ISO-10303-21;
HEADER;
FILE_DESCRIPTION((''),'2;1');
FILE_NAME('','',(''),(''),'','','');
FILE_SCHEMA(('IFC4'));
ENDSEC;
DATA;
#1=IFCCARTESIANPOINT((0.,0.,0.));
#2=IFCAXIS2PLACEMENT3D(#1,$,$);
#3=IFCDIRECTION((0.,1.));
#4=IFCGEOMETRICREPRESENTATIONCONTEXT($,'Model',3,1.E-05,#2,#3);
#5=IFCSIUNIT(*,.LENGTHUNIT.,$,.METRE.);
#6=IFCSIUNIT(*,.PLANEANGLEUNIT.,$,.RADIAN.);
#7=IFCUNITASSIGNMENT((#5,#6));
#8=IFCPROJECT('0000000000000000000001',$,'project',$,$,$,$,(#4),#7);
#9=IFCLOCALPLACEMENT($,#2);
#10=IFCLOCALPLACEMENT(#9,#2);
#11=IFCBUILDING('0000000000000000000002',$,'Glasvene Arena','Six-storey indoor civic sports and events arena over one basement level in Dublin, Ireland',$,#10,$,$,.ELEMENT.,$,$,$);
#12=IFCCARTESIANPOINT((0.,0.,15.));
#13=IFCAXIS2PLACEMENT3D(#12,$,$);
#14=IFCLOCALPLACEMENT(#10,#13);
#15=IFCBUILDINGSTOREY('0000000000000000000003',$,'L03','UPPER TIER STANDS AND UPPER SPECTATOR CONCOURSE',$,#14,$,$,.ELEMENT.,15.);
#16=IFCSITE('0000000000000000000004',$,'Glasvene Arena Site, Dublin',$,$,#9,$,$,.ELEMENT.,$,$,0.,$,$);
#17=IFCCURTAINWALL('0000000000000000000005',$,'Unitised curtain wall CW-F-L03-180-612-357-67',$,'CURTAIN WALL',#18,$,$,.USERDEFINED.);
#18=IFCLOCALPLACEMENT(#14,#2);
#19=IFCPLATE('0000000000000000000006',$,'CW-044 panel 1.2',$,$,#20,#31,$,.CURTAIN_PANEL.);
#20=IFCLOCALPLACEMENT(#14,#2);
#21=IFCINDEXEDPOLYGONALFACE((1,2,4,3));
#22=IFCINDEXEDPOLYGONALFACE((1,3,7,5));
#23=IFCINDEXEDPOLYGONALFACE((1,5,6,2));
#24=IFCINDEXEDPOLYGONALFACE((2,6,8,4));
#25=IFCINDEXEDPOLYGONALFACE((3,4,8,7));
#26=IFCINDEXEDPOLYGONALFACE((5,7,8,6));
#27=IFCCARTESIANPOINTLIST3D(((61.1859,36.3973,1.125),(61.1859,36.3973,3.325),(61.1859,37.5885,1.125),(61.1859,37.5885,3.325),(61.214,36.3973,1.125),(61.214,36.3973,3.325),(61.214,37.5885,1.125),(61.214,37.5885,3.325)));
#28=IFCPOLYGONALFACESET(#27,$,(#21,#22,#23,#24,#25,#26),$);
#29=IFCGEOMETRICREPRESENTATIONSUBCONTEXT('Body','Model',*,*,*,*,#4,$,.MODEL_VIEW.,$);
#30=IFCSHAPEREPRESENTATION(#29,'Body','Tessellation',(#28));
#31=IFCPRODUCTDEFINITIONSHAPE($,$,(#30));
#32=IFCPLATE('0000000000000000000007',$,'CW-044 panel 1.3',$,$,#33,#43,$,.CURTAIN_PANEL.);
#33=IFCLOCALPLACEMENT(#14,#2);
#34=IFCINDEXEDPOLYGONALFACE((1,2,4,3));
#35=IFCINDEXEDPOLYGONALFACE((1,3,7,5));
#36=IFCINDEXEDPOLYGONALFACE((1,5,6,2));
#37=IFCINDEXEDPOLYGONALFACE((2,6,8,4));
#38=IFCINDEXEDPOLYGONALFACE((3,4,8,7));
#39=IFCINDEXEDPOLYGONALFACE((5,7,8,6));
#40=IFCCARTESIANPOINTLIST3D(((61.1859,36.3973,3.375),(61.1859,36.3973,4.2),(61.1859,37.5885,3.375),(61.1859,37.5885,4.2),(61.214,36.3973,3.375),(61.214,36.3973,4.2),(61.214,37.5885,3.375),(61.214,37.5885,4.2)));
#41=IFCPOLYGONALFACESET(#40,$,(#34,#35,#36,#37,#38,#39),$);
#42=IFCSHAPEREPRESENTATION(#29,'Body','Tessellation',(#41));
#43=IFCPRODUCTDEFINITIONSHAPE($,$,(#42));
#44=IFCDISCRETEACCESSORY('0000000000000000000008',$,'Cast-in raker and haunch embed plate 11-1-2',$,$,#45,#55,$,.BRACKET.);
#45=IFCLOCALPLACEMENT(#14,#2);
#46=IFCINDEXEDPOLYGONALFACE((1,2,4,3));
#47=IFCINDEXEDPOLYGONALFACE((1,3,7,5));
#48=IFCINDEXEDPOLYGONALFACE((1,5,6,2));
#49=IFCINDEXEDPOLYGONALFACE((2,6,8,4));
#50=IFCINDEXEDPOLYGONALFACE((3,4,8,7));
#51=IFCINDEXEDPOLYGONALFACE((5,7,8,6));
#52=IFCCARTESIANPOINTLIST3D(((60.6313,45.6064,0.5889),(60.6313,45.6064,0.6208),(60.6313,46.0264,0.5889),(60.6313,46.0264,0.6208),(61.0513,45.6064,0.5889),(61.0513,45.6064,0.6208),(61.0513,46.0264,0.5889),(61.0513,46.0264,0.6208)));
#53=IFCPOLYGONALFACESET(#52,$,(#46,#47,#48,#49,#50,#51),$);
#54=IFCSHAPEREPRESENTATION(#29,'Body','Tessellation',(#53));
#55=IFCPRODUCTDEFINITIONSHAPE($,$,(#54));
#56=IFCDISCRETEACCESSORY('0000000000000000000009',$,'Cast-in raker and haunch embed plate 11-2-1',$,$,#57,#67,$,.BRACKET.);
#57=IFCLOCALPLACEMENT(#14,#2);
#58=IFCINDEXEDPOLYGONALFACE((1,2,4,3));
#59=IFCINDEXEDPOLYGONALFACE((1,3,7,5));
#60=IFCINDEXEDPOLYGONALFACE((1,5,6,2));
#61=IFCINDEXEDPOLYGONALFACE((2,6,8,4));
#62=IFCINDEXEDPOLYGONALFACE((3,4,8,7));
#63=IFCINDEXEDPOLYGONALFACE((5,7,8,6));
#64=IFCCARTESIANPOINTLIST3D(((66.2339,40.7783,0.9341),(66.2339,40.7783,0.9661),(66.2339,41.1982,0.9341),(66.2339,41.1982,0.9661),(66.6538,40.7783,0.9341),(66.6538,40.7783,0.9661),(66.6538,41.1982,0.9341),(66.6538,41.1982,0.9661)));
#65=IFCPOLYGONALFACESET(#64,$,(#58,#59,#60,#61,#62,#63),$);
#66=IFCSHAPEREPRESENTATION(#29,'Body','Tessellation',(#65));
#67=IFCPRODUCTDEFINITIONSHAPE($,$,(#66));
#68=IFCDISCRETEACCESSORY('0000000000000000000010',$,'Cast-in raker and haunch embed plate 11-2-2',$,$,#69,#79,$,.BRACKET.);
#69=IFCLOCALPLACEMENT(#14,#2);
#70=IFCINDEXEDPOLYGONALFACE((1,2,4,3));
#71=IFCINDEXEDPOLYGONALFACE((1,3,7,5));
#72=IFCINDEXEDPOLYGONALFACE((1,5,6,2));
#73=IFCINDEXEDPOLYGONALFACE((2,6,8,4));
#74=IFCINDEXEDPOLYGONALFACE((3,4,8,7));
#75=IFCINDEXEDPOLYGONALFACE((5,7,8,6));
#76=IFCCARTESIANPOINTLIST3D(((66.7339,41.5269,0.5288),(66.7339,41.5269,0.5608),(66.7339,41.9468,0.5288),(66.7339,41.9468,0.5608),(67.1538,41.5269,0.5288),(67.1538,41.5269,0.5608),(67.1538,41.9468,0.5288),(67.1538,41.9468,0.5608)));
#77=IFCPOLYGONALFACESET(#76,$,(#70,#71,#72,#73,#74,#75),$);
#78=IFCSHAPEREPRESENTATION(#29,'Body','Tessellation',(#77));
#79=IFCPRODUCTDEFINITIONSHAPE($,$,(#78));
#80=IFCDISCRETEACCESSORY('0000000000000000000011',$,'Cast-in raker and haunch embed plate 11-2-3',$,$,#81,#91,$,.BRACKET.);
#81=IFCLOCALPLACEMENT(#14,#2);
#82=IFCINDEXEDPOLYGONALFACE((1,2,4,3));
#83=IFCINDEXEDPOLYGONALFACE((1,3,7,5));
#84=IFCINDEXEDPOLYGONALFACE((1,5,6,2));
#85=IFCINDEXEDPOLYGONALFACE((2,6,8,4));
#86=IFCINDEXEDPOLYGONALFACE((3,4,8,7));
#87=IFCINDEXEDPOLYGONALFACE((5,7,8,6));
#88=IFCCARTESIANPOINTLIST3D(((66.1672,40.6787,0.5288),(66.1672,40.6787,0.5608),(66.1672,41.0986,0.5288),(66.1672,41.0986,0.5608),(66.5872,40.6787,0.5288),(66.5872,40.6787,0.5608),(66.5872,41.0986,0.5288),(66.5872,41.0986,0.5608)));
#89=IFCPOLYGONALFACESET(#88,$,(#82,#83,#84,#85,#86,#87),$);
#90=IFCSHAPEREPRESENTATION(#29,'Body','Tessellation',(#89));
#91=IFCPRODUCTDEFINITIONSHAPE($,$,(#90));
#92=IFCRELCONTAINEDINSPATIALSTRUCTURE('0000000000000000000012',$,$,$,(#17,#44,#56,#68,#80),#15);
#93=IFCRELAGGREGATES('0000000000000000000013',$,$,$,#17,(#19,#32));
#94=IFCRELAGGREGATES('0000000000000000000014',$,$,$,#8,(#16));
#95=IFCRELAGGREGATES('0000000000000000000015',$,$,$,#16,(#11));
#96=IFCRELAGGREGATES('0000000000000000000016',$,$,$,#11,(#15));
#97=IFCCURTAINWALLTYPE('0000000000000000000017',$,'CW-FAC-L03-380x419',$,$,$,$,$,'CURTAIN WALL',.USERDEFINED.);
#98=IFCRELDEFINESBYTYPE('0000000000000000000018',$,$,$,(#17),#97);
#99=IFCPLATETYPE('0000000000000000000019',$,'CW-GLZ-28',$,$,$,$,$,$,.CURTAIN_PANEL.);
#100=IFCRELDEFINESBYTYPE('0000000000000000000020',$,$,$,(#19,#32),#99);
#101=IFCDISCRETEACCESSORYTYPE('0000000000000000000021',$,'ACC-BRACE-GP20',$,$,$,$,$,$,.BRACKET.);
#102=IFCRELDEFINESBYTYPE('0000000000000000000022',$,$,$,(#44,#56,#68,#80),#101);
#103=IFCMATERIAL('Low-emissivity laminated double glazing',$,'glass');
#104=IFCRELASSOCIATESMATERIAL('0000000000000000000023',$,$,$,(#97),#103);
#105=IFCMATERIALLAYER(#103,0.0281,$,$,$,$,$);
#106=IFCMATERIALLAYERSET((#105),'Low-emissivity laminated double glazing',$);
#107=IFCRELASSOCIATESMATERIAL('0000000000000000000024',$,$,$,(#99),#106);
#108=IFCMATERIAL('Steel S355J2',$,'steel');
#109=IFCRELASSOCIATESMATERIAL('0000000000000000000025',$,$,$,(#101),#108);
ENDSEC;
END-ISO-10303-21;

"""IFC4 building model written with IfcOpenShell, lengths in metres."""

from ifc_helpers import new_model, si_unit, direction, frame, origin, origin_2d, place, context, subcontext, project, spatial, rectangle, extrude, material, layer, layer_set, type_object, element, aggregate, save


model = new_model("IFC4")

# Units and contexts
model_context = context("Model", 3, precision=1e-05, world=origin(), true_north=direction((0.0, 1.0)))
body_context = subcontext(model_context, "Body", "Model", "MODEL_VIEW")
ifc_project = project(units=[si_unit("LENGTHUNIT", "METRE"), si_unit("PLANEANGLEUNIT", "RADIAN")], contexts=[model_context])

# Site, building, storey
site_placement = place(None, origin())
site = spatial("IfcSite", under=ifc_project, at=site_placement, Name="Glasvene Arena Site, Dublin", CompositionType="ELEMENT", RefElevation=0.0)
building_placement = place(site_placement, origin())
building = spatial("IfcBuilding", under=site, at=building_placement, Name="Glasvene Arena", Description="Six-storey indoor civic sports and events arena over one basement level in Dublin, Ireland", CompositionType="ELEMENT")
storey_placement = place(building_placement, frame((0.0, 0.0, 15.0)))
storey = spatial("IfcBuildingStorey", under=building, at=storey_placement, Name="L03", Description="UPPER TIER STANDS AND UPPER SPECTATOR CONCOURSE", CompositionType="ELEMENT", Elevation=15.0)

# Shared definitions
ifc_material_1 = material(Name="Steel S355J2", Category="steel")

# Curtain wall, plates
ifc_material_2 = material(Name="Low-emissivity laminated double glazing", Category="glass")
curtain_wall_type = type_object("IfcCurtainWallType", Name="CW-FAC-L03-380x419", ElementType="CURTAIN WALL", PredefinedType="USERDEFINED", material=ifc_material_2)
curtain_wall_placement = place(storey_placement, frame((61.2, 37.6387, 0.0)))
curtain_wall = element("IfcCurtainWall", 1, at=curtain_wall_placement, inside=storey, type_object=curtain_wall_type, Name="Unitised curtain wall CW-F-L03-180-612-357-67", ObjectType="CURTAIN WALL", PredefinedType="USERDEFINED")
ifc_layer_1 = layer(ifc_material_2, 0.0281)
ifc_layer_set_1 = layer_set([ifc_layer_1], Name="Low-emissivity laminated double glazing")
plate_type = type_object("IfcPlateType", Name="CW-GLZ-28", PredefinedType="CURTAIN_PANEL", material=ifc_layer_set_1)
plate_1_placement = place(storey_placement, frame((61.2, 36.9929, 1.125), z_axis=(0.0, 0.0, 1.0), x_axis=(0.0, -1.0, 0.0)))
plate_1 = element("IfcPlate", 2, at=plate_1_placement, type_object=plate_type, Name="CW-044 panel 1.2", PredefinedType="CURTAIN_PANEL", context=body_context, shape_type="SweptSolid", body=[
    extrude(rectangle(XDim=1.1912, YDim=0.0281, at=origin_2d()), origin(), (0.0, 0.0, 1.0), 2.2),
])
plate_2_placement = place(storey_placement, frame((61.2, 36.9929, 3.375), z_axis=(0.0, 0.0, 1.0), x_axis=(0.0, -1.0, 0.0)))
plate_2 = element("IfcPlate", 3, at=plate_2_placement, type_object=plate_type, Name="CW-044 panel 1.3", PredefinedType="CURTAIN_PANEL", context=body_context, shape_type="SweptSolid", body=[
    extrude(rectangle(XDim=1.1912, YDim=0.0281, at=origin_2d()), origin(), (0.0, 0.0, 1.0), 0.825),
])
aggregate(curtain_wall, [plate_1, plate_2])

# Discrete accessories
discrete_accessory_type = type_object("IfcDiscreteAccessoryType", Name="ACC-BRACE-GP20", PredefinedType="BRACKET", material=ifc_material_1)
for number, where, z_axis, x_axis, name in (
    (4, (60.8413, 45.8164, 0.5889), (0.0, 0.0, 1.0), (1.0, 0.0, 0.0), "Cast-in raker and haunch embed plate 11-1-2"),
    (5, (66.4438, 40.9883, 0.9341), (0.0, 0.0, 1.0), (1.0, 0.0, 0.0), "Cast-in raker and haunch embed plate 11-2-1"),
    (6, (66.9438, 41.7368, 0.5288), (0.0, 0.0, 1.0), (1.0, 0.0, 0.0), "Cast-in raker and haunch embed plate 11-2-2"),
    (7, (66.3772, 40.8887, 0.5288), (0.0, 0.0, 1.0), (1.0, 0.0, 0.0), "Cast-in raker and haunch embed plate 11-2-3"),
):
    element("IfcDiscreteAccessory", number, at=place(storey_placement, frame(where, z_axis=z_axis, x_axis=x_axis)), inside=storey, type_object=discrete_accessory_type, Name=name, PredefinedType="BRACKET", context=body_context, shape_type="SweptSolid", body=[
        extrude(rectangle(XDim=0.4199, YDim=0.4199, at=origin_2d()), origin(), (0.0, 0.0, 1.0), 0.032),
    ])

save(model, "model.ifc")
